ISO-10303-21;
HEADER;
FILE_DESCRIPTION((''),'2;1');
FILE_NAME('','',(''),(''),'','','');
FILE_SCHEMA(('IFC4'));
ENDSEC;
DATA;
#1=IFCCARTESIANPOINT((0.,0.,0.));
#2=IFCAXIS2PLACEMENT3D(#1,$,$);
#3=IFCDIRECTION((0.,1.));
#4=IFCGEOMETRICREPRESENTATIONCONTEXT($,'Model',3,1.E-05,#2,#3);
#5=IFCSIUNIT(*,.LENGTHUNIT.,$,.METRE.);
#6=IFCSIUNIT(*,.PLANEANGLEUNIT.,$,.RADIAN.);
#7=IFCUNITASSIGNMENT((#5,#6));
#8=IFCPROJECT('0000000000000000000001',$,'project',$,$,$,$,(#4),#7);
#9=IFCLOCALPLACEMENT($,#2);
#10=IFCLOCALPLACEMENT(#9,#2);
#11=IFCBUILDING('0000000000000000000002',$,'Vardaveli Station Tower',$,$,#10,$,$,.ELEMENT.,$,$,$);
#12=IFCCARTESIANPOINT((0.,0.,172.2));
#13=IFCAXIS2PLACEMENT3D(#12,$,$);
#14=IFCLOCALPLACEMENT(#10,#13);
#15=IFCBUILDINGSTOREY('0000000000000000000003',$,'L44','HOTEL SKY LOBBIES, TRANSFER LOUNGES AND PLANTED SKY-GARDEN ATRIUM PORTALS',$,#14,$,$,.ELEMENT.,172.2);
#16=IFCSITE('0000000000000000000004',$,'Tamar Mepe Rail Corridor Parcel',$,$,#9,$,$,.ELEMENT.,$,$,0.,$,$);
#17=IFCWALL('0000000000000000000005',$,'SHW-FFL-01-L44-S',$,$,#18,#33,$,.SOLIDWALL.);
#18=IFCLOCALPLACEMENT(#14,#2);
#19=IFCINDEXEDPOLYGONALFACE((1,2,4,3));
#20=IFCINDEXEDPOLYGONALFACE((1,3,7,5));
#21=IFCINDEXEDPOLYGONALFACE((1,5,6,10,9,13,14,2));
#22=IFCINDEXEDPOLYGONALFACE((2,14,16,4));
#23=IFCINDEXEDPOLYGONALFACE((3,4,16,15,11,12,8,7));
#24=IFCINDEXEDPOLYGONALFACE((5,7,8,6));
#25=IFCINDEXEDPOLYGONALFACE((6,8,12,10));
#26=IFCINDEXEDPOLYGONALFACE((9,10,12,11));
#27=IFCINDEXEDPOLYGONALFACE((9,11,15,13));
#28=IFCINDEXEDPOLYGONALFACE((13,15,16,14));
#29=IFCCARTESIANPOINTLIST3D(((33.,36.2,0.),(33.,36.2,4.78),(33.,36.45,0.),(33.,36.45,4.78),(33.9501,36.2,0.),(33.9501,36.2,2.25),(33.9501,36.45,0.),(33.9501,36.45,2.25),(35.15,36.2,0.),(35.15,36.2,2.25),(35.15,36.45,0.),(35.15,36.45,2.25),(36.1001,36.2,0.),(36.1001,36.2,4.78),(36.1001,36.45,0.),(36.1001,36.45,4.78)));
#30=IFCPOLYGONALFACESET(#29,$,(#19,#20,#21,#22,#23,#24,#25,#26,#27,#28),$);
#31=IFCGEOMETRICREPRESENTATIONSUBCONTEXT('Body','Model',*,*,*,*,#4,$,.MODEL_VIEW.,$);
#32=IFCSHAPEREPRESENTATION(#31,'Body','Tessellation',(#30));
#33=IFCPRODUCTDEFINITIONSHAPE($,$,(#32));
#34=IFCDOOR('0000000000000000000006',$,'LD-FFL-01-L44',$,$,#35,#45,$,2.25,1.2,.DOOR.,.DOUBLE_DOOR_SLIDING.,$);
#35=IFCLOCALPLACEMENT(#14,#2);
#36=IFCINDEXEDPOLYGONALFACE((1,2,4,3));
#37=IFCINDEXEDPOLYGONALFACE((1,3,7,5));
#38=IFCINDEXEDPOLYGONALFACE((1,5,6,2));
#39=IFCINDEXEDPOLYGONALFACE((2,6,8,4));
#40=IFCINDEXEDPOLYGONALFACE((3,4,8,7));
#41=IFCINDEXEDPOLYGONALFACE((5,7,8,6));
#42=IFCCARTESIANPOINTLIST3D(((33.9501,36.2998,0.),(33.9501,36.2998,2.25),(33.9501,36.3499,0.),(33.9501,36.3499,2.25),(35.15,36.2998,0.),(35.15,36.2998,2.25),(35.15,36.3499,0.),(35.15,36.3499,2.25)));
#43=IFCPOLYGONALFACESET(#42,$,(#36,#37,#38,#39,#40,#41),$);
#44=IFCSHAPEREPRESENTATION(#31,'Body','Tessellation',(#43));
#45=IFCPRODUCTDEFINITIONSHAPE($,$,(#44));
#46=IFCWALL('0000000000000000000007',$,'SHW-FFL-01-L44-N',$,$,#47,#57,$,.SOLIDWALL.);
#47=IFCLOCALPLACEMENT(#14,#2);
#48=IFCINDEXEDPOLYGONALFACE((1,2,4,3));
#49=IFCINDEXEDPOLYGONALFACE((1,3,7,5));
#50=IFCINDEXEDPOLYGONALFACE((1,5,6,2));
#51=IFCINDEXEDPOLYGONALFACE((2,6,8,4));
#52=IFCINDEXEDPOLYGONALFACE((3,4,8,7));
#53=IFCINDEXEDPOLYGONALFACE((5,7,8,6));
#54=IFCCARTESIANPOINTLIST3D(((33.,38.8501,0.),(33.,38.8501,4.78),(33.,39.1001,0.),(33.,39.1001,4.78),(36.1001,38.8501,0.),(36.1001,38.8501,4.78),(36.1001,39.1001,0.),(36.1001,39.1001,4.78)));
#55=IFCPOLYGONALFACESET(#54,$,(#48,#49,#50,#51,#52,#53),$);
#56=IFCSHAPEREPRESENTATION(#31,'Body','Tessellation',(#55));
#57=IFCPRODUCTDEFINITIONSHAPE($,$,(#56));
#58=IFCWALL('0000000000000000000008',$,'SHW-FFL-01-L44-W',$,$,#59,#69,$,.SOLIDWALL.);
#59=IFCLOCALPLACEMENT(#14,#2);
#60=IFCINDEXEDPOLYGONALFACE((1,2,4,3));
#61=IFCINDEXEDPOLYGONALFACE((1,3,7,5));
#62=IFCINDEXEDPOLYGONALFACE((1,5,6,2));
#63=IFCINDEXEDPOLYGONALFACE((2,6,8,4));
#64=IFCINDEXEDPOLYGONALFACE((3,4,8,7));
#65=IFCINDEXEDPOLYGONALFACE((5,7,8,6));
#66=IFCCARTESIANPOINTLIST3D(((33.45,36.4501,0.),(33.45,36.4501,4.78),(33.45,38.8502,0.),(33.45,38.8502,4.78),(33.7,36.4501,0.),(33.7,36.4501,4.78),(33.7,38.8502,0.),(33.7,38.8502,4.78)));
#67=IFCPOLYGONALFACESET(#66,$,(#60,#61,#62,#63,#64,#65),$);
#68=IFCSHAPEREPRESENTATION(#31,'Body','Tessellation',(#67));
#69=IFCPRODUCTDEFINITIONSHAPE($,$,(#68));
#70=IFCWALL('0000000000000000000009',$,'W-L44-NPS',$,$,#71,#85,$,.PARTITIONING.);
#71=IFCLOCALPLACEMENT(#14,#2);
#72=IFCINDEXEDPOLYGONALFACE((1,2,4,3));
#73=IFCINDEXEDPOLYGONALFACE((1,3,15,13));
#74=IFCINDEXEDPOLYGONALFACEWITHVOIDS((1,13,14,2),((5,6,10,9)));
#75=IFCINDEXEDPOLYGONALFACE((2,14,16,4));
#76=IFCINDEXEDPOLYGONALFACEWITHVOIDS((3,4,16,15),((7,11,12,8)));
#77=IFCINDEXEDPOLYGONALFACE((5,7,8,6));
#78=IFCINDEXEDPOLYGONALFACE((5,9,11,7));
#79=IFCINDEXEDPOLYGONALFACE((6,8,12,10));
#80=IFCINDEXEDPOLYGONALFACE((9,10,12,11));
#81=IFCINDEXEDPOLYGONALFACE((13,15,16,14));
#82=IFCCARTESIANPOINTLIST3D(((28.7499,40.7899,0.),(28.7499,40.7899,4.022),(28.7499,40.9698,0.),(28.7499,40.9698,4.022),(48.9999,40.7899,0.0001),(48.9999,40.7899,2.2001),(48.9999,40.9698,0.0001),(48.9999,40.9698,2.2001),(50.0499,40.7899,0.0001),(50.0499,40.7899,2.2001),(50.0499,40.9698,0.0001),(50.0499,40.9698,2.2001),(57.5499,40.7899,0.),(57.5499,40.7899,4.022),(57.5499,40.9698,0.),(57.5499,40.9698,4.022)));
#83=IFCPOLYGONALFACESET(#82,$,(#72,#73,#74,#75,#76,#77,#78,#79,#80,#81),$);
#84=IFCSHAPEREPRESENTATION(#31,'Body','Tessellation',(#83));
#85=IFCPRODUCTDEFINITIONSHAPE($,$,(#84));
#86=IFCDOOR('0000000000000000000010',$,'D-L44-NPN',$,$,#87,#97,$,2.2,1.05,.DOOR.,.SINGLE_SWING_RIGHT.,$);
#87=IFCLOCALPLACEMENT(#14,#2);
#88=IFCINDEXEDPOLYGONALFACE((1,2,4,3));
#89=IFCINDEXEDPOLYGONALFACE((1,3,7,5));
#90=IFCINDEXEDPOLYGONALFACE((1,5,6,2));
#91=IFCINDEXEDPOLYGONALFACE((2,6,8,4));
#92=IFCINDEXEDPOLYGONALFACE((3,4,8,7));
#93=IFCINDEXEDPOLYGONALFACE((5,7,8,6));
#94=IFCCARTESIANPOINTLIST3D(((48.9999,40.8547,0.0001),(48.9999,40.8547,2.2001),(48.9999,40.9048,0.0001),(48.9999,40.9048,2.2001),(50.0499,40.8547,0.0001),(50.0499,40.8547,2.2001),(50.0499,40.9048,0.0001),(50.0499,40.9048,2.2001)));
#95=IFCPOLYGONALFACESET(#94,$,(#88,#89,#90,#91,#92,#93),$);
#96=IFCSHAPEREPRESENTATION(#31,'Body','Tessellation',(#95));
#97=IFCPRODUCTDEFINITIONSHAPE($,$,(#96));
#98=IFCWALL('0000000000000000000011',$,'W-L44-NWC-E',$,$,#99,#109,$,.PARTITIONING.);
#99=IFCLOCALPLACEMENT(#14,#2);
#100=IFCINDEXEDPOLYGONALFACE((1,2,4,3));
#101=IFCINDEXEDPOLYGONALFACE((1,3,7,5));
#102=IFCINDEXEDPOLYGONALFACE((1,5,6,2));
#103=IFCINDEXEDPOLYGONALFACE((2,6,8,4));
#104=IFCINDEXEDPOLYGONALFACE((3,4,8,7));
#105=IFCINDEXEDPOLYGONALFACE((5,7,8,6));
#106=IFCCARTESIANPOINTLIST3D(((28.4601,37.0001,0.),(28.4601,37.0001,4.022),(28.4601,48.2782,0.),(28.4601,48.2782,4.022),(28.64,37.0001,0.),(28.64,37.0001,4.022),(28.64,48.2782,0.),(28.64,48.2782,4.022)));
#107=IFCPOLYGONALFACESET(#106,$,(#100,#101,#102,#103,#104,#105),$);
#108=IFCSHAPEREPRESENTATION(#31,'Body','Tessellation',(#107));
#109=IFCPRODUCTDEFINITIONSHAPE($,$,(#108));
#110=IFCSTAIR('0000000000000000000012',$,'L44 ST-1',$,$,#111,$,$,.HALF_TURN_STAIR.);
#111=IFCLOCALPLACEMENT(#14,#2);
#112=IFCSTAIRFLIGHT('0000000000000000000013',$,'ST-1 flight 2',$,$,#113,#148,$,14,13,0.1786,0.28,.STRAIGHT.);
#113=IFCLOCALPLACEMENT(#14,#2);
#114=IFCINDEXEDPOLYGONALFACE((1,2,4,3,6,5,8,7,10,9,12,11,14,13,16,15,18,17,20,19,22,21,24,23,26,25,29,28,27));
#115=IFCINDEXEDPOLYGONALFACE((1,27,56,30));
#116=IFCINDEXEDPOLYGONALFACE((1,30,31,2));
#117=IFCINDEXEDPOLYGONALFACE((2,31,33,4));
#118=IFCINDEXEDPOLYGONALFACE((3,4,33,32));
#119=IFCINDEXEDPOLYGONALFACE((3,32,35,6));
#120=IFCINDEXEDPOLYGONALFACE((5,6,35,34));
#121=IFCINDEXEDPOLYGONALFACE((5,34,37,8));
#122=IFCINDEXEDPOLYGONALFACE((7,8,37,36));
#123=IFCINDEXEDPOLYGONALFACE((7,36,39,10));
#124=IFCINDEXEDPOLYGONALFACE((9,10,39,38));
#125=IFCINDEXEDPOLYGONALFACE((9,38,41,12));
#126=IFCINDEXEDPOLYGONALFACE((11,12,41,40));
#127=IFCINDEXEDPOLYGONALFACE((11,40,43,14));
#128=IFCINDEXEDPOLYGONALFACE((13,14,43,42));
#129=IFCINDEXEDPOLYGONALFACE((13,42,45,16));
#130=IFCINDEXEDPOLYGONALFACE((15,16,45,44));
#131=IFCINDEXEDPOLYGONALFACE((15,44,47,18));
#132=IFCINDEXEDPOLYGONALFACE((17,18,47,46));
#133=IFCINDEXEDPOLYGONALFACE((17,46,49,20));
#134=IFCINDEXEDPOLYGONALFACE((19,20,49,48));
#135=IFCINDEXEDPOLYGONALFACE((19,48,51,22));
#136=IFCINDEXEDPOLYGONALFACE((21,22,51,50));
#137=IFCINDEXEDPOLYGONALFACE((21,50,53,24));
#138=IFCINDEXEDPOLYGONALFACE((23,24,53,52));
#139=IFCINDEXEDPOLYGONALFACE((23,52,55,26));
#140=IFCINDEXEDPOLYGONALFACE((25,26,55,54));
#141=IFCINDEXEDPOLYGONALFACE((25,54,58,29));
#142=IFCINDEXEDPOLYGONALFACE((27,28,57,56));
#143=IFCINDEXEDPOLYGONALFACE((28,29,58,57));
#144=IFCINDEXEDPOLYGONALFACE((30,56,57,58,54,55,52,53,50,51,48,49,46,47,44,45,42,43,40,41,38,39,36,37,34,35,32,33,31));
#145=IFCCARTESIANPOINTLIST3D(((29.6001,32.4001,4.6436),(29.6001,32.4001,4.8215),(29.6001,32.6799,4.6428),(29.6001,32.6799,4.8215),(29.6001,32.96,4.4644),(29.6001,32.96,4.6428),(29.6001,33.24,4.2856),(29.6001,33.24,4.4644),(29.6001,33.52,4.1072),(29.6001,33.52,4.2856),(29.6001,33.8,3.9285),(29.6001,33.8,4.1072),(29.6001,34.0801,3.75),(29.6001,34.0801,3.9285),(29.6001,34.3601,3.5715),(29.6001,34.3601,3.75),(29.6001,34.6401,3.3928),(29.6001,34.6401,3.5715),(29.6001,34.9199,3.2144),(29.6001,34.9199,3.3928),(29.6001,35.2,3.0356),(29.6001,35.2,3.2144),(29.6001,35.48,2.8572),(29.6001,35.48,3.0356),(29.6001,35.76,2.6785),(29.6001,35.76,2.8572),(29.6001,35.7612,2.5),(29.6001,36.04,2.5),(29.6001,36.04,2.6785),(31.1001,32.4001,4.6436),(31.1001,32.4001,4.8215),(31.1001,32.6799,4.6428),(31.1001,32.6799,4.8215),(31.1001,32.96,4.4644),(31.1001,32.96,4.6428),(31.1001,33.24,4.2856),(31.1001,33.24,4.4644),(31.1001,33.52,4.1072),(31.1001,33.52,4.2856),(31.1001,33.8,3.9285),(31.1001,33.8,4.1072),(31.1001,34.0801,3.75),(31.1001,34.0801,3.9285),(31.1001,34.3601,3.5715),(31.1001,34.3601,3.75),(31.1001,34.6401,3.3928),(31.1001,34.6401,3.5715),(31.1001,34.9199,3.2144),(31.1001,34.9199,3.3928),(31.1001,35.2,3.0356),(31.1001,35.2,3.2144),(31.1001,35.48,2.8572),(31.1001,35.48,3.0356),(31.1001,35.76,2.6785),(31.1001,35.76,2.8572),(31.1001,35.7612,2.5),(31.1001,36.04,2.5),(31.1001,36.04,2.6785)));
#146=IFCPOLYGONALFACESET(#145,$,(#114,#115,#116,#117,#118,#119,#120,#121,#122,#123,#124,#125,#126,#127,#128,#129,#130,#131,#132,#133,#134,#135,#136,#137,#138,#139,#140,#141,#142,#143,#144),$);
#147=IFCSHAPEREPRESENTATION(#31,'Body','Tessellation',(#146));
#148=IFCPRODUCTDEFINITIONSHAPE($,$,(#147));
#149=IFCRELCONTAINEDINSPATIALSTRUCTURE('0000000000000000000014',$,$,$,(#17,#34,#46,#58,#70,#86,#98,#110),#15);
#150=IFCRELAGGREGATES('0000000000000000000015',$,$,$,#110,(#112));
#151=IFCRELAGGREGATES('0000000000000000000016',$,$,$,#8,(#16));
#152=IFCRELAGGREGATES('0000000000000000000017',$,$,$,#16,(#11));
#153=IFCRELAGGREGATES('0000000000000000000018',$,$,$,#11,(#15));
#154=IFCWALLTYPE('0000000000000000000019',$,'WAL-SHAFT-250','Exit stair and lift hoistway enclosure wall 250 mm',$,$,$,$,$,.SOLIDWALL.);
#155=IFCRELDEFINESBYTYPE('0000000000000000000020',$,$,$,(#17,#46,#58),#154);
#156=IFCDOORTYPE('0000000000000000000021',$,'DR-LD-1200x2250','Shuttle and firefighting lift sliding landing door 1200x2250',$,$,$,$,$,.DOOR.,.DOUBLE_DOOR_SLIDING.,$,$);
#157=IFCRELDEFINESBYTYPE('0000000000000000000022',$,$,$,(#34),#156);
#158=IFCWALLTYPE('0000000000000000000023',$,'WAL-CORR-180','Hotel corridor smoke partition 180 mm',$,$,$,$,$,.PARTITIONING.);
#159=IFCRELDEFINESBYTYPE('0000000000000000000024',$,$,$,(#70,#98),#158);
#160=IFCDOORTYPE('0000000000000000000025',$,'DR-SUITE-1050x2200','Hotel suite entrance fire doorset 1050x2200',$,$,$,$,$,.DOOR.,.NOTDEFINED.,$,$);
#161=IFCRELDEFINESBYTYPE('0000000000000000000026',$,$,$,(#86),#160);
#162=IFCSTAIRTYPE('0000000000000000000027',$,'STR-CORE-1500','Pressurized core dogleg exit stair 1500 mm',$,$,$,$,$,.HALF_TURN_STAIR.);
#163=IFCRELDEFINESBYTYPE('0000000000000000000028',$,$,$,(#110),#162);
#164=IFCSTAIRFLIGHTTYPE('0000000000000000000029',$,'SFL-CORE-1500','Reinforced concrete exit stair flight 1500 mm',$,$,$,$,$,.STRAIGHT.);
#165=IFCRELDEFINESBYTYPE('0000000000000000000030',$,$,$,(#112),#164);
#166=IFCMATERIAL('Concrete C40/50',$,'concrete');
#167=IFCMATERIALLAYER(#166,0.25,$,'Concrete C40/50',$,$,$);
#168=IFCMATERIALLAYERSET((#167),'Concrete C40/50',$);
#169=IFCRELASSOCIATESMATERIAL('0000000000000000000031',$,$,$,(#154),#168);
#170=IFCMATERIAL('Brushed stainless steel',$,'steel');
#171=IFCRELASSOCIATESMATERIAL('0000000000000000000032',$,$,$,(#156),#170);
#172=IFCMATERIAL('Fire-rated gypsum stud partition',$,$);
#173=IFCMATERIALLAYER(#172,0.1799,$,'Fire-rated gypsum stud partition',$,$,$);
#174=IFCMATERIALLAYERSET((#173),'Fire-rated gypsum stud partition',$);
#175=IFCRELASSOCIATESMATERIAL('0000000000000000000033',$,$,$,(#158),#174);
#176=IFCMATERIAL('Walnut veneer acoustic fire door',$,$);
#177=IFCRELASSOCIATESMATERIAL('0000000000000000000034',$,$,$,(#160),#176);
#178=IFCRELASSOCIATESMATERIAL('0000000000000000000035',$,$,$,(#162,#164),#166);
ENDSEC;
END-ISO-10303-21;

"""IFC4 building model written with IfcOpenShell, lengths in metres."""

from ifc_helpers import new_model, si_unit, direction, frame, frame_2d, origin, place, context, subcontext, project, spatial, polyline, rectangle, outline, extrude, source, transform, mapped, material, layer, layer_set, type_object, element, fill, aggregate, save


model = new_model("IFC4")

# Units and contexts
model_context = context("Model", 3, precision=1e-05, world=origin(), true_north=direction((0.0, 1.0)))
body_context = subcontext(model_context, "Body", "Model", "MODEL_VIEW")
ifc_project = project(units=[si_unit("LENGTHUNIT", "METRE"), si_unit("PLANEANGLEUNIT", "RADIAN")], contexts=[model_context])

# Site, building, storey
site_placement = place(None, origin())
site = spatial("IfcSite", under=ifc_project, at=site_placement, Name="Tamar Mepe Rail Corridor Parcel", CompositionType="ELEMENT", RefElevation=0.0)
building_placement = place(site_placement, origin())
building = spatial("IfcBuilding", under=site, at=building_placement, Name="Vardaveli Station Tower", CompositionType="ELEMENT")
storey_placement = place(building_placement, frame((0.0, 0.0, 172.2)))
storey = spatial("IfcBuildingStorey", under=building, at=storey_placement, Name="L44", Description="HOTEL SKY LOBBIES, TRANSFER LOUNGES AND PLANTED SKY-GARDEN ATRIUM PORTALS", CompositionType="ELEMENT", Elevation=172.2)

# Shared definitions
ifc_material_1 = material(Name="Concrete C40/50", Category="concrete")
ifc_layer_1 = layer(ifc_material_1, 0.25, Name="Concrete C40/50")
ifc_layer_set_1 = layer_set([ifc_layer_1], Name="Concrete C40/50")
wall_type_1 = type_object("IfcWallType", Name="WAL-SHAFT-250", Description="Exit stair and lift hoistway enclosure wall 250 mm", PredefinedType="SOLIDWALL", material=ifc_layer_set_1)

# Shared definitions
ifc_material_2 = material(Name="Brushed stainless steel", Category="steel")

# Wall, opening, door
shared_shape_1 = source(origin(), body_context, "Body", "SweptSolid", [
    extrude(rectangle(XDim=3.1001, YDim=0.25, at=frame_2d((1.55, 0.0))), origin(), (0.0, 0.0, 1.0), 4.78),
])
wall_1_placement = place(storey_placement, frame((33.0, 36.325, 0.0), z_axis=(0.0, 0.0, 1.0), x_axis=(1.0, 0.0, 0.0)))
wall_1 = element("IfcWall", 1, at=wall_1_placement, inside=storey, type_object=wall_type_1, Name="SHW-FFL-01-L44-S", PredefinedType="SOLIDWALL", context=body_context, shape_type="MappedRepresentation", body=[
    mapped(shared_shape_1, transform((0.0, 0.0, 0.0), scale=1.0)),
])
shared_shape_2 = source(origin(), body_context, "Body", "SweptSolid", [
    extrude(rectangle(XDim=1.2, YDim=2.25, at=frame_2d((0.6001, 1.125))), frame((0.0, 0.135, 0.0), z_axis=(0.0, -1.0, 0.0), x_axis=(1.0, 0.0, 0.0)), (0.0, 0.0, 1.0), 0.27),
])
opening_1_placement = place(wall_1_placement, frame((0.95, 0.0, 0.0)))
opening_1 = element("IfcOpeningElement", 2, at=opening_1_placement, cuts=wall_1, PredefinedType="OPENING", context=body_context, shape_type="MappedRepresentation", body=[
    mapped(shared_shape_2, transform((0.0, 0.0, 0.0), scale=1.0)),
])
door_type_1 = type_object("IfcDoorType", Name="DR-LD-1200x2250", Description="Shuttle and firefighting lift sliding landing door 1200x2250", OperationType="DOUBLE_DOOR_SLIDING", PredefinedType="DOOR", material=ifc_material_2)
shared_shape_3 = source(origin(), body_context, "Body", "SweptSolid", [
    extrude(rectangle(XDim=1.2, YDim=2.25, at=frame_2d((0.6001, 1.125))), frame((0.0, 0.0249, 0.0), z_axis=(0.0, -1.0, 0.0), x_axis=(1.0, 0.0, 0.0)), (0.0, 0.0, 1.0), 0.05),
])
door_1_placement = place(opening_1_placement, origin())
door_1 = element("IfcDoor", 3, at=door_1_placement, inside=storey, type_object=door_type_1, Name="LD-FFL-01-L44", OperationType="DOUBLE_DOOR_SLIDING", OverallHeight=2.25, OverallWidth=1.2, PredefinedType="DOOR", context=body_context, shape_type="MappedRepresentation", body=[
    mapped(shared_shape_3, transform((0.0, 0.0, 0.0), scale=1.0)),
])
fill(opening_1, door_1)

# Walls
wall_2_placement = place(storey_placement, frame((33.0, 38.9751, 0.0), z_axis=(0.0, 0.0, 1.0), x_axis=(1.0, 0.0, 0.0)))
element("IfcWall", 4, at=wall_2_placement, inside=storey, type_object=wall_type_1, Name="SHW-FFL-01-L44-N", PredefinedType="SOLIDWALL", context=body_context, shape_type="MappedRepresentation", body=[
    mapped(shared_shape_1, transform((0.0, 0.0, 0.0), scale=1.0)),
])
shared_shape_4 = source(origin(), body_context, "Body", "SweptSolid", [
    extrude(rectangle(XDim=2.4001, YDim=0.25, at=frame_2d((1.2002, 0.0))), origin(), (0.0, 0.0, 1.0), 4.78),
])
wall_3_placement = place(storey_placement, frame((33.575, 36.45, 0.0), z_axis=(0.0, 0.0, 1.0), x_axis=(0.0, 1.0, 0.0)))
element("IfcWall", 5, at=wall_3_placement, inside=storey, type_object=wall_type_1, Name="SHW-FFL-01-L44-W", PredefinedType="SOLIDWALL", context=body_context, shape_type="MappedRepresentation", body=[
    mapped(shared_shape_4, transform((0.0, 0.0, 0.0), scale=1.0)),
])

# Wall, opening, door
ifc_material_3 = material(Name="Fire-rated gypsum stud partition")
ifc_layer_2 = layer(ifc_material_3, 0.1799, Name="Fire-rated gypsum stud partition")
ifc_layer_set_2 = layer_set([ifc_layer_2], Name="Fire-rated gypsum stud partition")
wall_type_2 = type_object("IfcWallType", Name="WAL-CORR-180", Description="Hotel corridor smoke partition 180 mm", PredefinedType="PARTITIONING", material=ifc_layer_set_2)
shared_shape_5 = source(origin(), body_context, "Body", "SweptSolid", [
    extrude(rectangle(XDim=28.8, YDim=0.1799, at=frame_2d((14.3999, 0.0))), origin(), (0.0, 0.0, 1.0), 4.022),
])
wall_4_placement = place(storey_placement, frame((28.75, 40.8799, 0.0), z_axis=(0.0, 0.0, 1.0), x_axis=(1.0, 0.0, 0.0)))
wall_4 = element("IfcWall", 6, at=wall_4_placement, inside=storey, type_object=wall_type_2, Name="W-L44-NPS", PredefinedType="PARTITIONING", context=body_context, shape_type="MappedRepresentation", body=[
    mapped(shared_shape_5, transform((0.0, 0.0, 0.0), scale=1.0)),
])
shared_shape_6 = source(origin(), body_context, "Body", "SweptSolid", [
    extrude(rectangle(XDim=1.05, YDim=2.2, at=frame_2d((0.5249, 1.1001))), frame((0.0, 0.1001, 0.0), z_axis=(0.0, -1.0, 0.0), x_axis=(1.0, 0.0, 0.0)), (0.0, 0.0, 1.0), 0.2),
])
opening_2_placement = place(wall_4_placement, frame((20.25, 0.0, 0.0)))
opening_2 = element("IfcOpeningElement", 7, at=opening_2_placement, cuts=wall_4, PredefinedType="OPENING", context=body_context, shape_type="MappedRepresentation", body=[
    mapped(shared_shape_6, transform((0.0, 0.0, 0.0), scale=1.0)),
])
ifc_material_4 = material(Name="Walnut veneer acoustic fire door")
door_type_2 = type_object("IfcDoorType", Name="DR-SUITE-1050x2200", Description="Hotel suite entrance fire doorset 1050x2200", OperationType="NOTDEFINED", PredefinedType="DOOR", material=ifc_material_4)
shared_shape_7 = source(origin(), body_context, "Body", "SweptSolid", [
    extrude(rectangle(XDim=1.05, YDim=2.2, at=frame_2d((0.5249, 1.1001))), frame((0.0, 0.0249, 0.0), z_axis=(0.0, -1.0, 0.0), x_axis=(1.0, 0.0, 0.0)), (0.0, 0.0, 1.0), 0.05),
])
door_2_placement = place(opening_2_placement, origin())
door_2 = element("IfcDoor", 8, at=door_2_placement, inside=storey, type_object=door_type_2, Name="D-L44-NPN", OperationType="SINGLE_SWING_RIGHT", OverallHeight=2.2, OverallWidth=1.05, PredefinedType="DOOR", context=body_context, shape_type="MappedRepresentation", body=[
    mapped(shared_shape_7, transform((0.0, 0.0, 0.0), scale=1.0)),
])
fill(opening_2, door_2)

# Wall
shared_shape_8 = source(origin(), body_context, "Body", "SweptSolid", [
    extrude(rectangle(XDim=11.2781, YDim=0.1799, at=frame_2d((5.6392, 0.0))), origin(), (0.0, 0.0, 1.0), 4.022),
])
wall_5_placement = place(storey_placement, frame((28.55, 37.0, 0.0), z_axis=(0.0, 0.0, 1.0), x_axis=(0.0, 1.0, 0.0)))
element("IfcWall", 9, at=wall_5_placement, inside=storey, type_object=wall_type_2, Name="W-L44-NWC-E", PredefinedType="PARTITIONING", context=body_context, shape_type="MappedRepresentation", body=[
    mapped(shared_shape_8, transform((0.0, 0.0, 0.0), scale=1.0)),
])

# Stair, stair flight
stair_type = type_object("IfcStairType", Name="STR-CORE-1500", Description="Pressurized core dogleg exit stair 1500 mm", PredefinedType="HALF_TURN_STAIR", material=ifc_material_1)
stair_placement = place(storey_placement, origin())
stair = element("IfcStair", 10, at=stair_placement, inside=storey, type_object=stair_type, Name="L44 ST-1", PredefinedType="HALF_TURN_STAIR")
stair_flight_type = type_object("IfcStairFlightType", Name="SFL-CORE-1500", Description="Reinforced concrete exit stair flight 1500 mm", PredefinedType="STRAIGHT", material=ifc_material_1)
shared_shape_9 = source(origin(), body_context, "Body", "SweptSolid", [
    extrude(outline(polyline([(0.0, 0.0), (0.0, 0.1785), (0.28, 0.1785), (0.28, 0.3572), (0.5601, 0.3572), (0.5601, 0.5356), (0.8401, 0.5356), (0.8401, 0.7144), (1.1201, 0.7144), (1.1201, 0.8928), (1.3999, 0.8928), (1.3999, 1.0715), (1.6799, 1.0715), (1.6799, 1.25), (1.96, 1.25), (1.96, 1.4285), (2.24, 1.4285), (2.24, 1.6072), (2.52, 1.6072), (2.52, 1.7856), (2.8, 1.7856), (2.8, 1.9644), (3.0801, 1.9644), (3.0801, 2.1428), (3.3601, 2.1428), (3.3601, 2.3215), (3.6399, 2.3215), (3.6399, 2.5), (3.6399, 2.1436), (0.2788, 0.0), (0.0, 0.0)])), frame((0.0, 0.75, 0.0), z_axis=(0.0, -1.0, 0.0), x_axis=(1.0, 0.0, 0.0)), (0.0, 0.0, 1.0), 1.5),
])
stair_flight_placement = place(storey_placement, frame((30.3501, 36.04, 2.5), z_axis=(0.0, 0.0, 1.0), x_axis=(0.0, -1.0, 0.0)))
stair_flight = element("IfcStairFlight", 11, at=stair_flight_placement, type_object=stair_flight_type, Name="ST-1 flight 2", NumberOfRisers=14, NumberOfTreads=13, PredefinedType="STRAIGHT", RiserHeight=0.1786, TreadLength=0.28, context=body_context, shape_type="MappedRepresentation", body=[
    mapped(shared_shape_9, transform((0.0, 0.0, 0.0), scale=1.0)),
])
aggregate(stair, [stair_flight])

save(model, "model.ifc")
